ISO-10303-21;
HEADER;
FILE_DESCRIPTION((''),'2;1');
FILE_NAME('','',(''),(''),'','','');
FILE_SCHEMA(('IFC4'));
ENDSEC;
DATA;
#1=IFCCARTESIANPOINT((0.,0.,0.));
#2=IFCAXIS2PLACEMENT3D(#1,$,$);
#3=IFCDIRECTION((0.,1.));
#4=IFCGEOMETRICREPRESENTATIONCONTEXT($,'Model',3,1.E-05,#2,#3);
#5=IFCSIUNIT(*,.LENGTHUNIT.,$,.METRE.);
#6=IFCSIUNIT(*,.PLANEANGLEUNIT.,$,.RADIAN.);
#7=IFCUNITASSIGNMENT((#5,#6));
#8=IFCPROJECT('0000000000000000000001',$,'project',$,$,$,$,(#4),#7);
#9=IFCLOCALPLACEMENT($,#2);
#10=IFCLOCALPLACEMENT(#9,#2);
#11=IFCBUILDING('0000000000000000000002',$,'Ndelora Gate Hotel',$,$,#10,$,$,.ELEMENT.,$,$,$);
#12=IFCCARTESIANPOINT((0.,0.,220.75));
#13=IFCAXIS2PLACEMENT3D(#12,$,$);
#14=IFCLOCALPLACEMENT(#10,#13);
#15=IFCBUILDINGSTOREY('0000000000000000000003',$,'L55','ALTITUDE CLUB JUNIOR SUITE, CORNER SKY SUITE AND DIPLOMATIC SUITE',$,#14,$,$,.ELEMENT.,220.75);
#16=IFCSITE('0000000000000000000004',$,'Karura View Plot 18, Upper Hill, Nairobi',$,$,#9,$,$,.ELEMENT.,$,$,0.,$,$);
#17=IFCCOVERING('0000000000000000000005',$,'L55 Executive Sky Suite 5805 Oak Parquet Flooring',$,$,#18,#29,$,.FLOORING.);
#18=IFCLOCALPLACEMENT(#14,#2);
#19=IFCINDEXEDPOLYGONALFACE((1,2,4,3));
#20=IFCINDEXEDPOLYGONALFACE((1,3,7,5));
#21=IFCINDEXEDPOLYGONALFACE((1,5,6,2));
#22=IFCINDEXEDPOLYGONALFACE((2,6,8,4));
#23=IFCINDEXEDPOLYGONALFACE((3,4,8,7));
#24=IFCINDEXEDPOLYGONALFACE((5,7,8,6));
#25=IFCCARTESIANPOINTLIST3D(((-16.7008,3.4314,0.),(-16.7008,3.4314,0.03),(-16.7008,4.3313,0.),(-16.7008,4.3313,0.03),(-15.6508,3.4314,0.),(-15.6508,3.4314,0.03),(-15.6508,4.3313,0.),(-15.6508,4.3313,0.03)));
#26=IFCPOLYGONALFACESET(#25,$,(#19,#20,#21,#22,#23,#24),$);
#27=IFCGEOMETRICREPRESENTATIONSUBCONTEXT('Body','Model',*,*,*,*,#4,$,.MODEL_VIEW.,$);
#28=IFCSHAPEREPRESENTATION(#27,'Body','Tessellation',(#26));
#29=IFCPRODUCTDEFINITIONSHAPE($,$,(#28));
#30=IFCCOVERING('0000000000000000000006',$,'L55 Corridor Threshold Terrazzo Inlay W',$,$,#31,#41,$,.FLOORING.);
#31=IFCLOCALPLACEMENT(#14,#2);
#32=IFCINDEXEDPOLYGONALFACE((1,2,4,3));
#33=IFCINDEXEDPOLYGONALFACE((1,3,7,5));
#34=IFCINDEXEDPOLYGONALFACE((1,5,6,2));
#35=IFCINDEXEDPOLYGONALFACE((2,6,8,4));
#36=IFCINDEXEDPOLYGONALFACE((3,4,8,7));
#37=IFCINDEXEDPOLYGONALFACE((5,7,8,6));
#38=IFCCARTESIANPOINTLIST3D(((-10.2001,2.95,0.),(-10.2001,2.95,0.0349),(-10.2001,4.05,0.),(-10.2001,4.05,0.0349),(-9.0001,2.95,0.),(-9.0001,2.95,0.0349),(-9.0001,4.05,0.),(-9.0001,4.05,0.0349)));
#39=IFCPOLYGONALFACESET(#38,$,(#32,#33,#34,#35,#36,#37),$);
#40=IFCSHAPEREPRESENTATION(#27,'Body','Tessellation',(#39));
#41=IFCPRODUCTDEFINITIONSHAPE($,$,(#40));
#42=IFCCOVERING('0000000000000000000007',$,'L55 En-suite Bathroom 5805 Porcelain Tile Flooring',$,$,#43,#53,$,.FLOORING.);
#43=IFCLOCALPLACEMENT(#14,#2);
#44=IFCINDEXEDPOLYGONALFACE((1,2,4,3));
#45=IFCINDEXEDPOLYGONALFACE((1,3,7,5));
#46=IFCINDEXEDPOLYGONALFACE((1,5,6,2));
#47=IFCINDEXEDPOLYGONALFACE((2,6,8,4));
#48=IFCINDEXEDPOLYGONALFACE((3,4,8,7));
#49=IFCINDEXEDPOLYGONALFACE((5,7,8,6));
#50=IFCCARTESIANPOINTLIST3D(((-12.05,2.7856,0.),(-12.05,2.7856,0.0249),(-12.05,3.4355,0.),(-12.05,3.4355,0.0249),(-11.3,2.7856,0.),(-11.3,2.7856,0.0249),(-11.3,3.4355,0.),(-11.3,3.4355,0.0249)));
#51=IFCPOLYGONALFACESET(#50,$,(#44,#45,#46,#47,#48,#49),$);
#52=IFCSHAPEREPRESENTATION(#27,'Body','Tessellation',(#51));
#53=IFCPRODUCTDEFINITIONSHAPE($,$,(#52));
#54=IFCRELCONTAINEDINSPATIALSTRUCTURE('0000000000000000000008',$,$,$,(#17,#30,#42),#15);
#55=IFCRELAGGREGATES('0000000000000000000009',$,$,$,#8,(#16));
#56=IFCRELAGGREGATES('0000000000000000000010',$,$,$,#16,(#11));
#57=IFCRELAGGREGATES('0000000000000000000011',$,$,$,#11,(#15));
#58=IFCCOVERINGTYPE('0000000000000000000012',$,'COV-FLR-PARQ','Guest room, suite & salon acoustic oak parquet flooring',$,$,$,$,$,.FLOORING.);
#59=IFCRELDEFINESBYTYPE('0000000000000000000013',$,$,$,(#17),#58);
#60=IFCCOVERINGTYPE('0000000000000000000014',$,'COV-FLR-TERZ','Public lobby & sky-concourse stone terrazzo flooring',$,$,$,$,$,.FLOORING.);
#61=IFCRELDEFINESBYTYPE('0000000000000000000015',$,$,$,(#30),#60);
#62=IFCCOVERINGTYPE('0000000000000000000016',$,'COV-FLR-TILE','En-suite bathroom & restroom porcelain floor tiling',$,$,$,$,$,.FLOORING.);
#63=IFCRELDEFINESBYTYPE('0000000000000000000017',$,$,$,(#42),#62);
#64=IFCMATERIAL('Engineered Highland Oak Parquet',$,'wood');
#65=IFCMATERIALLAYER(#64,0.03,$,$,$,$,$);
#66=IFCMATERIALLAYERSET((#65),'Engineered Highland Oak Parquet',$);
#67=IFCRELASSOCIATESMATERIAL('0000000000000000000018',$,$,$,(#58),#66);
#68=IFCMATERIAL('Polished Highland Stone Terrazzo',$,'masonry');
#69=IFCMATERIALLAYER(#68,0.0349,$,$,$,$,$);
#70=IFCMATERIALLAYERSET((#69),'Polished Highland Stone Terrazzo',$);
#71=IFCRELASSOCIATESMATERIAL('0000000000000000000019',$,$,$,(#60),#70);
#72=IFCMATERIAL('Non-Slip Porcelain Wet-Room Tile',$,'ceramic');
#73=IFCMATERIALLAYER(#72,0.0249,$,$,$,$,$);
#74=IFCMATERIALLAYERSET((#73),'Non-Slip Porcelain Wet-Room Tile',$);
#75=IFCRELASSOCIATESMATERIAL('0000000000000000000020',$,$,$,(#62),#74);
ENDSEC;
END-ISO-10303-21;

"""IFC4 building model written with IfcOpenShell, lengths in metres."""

from ifc_helpers import new_model, si_unit, direction, frame, origin, origin_2d, place, context, subcontext, project, spatial, rectangle, extrude, material, layer, layer_set, type_object, element, save


model = new_model("IFC4")

# Units and contexts
model_context = context("Model", 3, precision=1e-05, world=origin(), true_north=direction((0.0, 1.0)))
body_context = subcontext(model_context, "Body", "Model", "MODEL_VIEW")
ifc_project = project(units=[si_unit("LENGTHUNIT", "METRE"), si_unit("PLANEANGLEUNIT", "RADIAN")], contexts=[model_context])

# Site, building, storey
site_placement = place(None, origin())
site = spatial("IfcSite", under=ifc_project, at=site_placement, Name="Karura View Plot 18, Upper Hill, Nairobi", CompositionType="ELEMENT", RefElevation=0.0)
building_placement = place(site_placement, origin())
building = spatial("IfcBuilding", under=site, at=building_placement, Name="Ndelora Gate Hotel", CompositionType="ELEMENT")
storey_placement = place(building_placement, frame((0.0, 0.0, 220.75)))
storey = spatial("IfcBuildingStorey", under=building, at=storey_placement, Name="L55", Description="ALTITUDE CLUB JUNIOR SUITE, CORNER SKY SUITE AND DIPLOMATIC SUITE", CompositionType="ELEMENT", Elevation=220.75)

# Coverings
ifc_material_1 = material(Name="Engineered Highland Oak Parquet", Category="wood")
ifc_layer_1 = layer(ifc_material_1, 0.03)
ifc_layer_set_1 = layer_set([ifc_layer_1], Name="Engineered Highland Oak Parquet")
covering_type_1 = type_object("IfcCoveringType", Name="COV-FLR-PARQ", Description="Guest room, suite & salon acoustic oak parquet flooring", PredefinedType="FLOORING", material=ifc_layer_set_1)
covering_1_placement = place(storey_placement, frame((-16.1758, 3.8813, 0.0), z_axis=(0.0, 0.0, 1.0), x_axis=(1.0, 0.0, 0.0)))
element("IfcCovering", 1, at=covering_1_placement, inside=storey, type_object=covering_type_1, Name="L55 Executive Sky Suite 5805 Oak Parquet Flooring", PredefinedType="FLOORING", context=body_context, shape_type="SweptSolid", body=[
    extrude(rectangle(XDim=1.05, YDim=0.8999, at=origin_2d()), origin(), (0.0, 0.0, 1.0), 0.03),
])
ifc_material_2 = material(Name="Polished Highland Stone Terrazzo", Category="masonry")
ifc_layer_2 = layer(ifc_material_2, 0.0349)
ifc_layer_set_2 = layer_set([ifc_layer_2], Name="Polished Highland Stone Terrazzo")
covering_type_2 = type_object("IfcCoveringType", Name="COV-FLR-TERZ", Description="Public lobby & sky-concourse stone terrazzo flooring", PredefinedType="FLOORING", material=ifc_layer_set_2)
covering_2_placement = place(storey_placement, frame((-9.6001, 3.5, 0.0), z_axis=(0.0, 0.0, 1.0), x_axis=(1.0, 0.0, 0.0)))
element("IfcCovering", 2, at=covering_2_placement, inside=storey, type_object=covering_type_2, Name="L55 Corridor Threshold Terrazzo Inlay W", PredefinedType="FLOORING", context=body_context, shape_type="SweptSolid", body=[
    extrude(rectangle(XDim=1.2, YDim=1.1001, at=origin_2d()), origin(), (0.0, 0.0, 1.0), 0.0349),
])
ifc_material_3 = material(Name="Non-Slip Porcelain Wet-Room Tile", Category="ceramic")
ifc_layer_3 = layer(ifc_material_3, 0.0249)
ifc_layer_set_3 = layer_set([ifc_layer_3], Name="Non-Slip Porcelain Wet-Room Tile")
covering_type_3 = type_object("IfcCoveringType", Name="COV-FLR-TILE", Description="En-suite bathroom & restroom porcelain floor tiling", PredefinedType="FLOORING", material=ifc_layer_set_3)
covering_3_placement = place(storey_placement, frame((-11.675, 3.1106, 0.0), z_axis=(0.0, 0.0, 1.0), x_axis=(1.0, 0.0, 0.0)))
element("IfcCovering", 3, at=covering_3_placement, inside=storey, type_object=covering_type_3, Name="L55 En-suite Bathroom 5805 Porcelain Tile Flooring", PredefinedType="FLOORING", context=body_context, shape_type="SweptSolid", body=[
    extrude(rectangle(XDim=0.75, YDim=0.6499, at=origin_2d()), origin(), (0.0, 0.0, 1.0), 0.0249),
])

save(model, "model.ifc")
